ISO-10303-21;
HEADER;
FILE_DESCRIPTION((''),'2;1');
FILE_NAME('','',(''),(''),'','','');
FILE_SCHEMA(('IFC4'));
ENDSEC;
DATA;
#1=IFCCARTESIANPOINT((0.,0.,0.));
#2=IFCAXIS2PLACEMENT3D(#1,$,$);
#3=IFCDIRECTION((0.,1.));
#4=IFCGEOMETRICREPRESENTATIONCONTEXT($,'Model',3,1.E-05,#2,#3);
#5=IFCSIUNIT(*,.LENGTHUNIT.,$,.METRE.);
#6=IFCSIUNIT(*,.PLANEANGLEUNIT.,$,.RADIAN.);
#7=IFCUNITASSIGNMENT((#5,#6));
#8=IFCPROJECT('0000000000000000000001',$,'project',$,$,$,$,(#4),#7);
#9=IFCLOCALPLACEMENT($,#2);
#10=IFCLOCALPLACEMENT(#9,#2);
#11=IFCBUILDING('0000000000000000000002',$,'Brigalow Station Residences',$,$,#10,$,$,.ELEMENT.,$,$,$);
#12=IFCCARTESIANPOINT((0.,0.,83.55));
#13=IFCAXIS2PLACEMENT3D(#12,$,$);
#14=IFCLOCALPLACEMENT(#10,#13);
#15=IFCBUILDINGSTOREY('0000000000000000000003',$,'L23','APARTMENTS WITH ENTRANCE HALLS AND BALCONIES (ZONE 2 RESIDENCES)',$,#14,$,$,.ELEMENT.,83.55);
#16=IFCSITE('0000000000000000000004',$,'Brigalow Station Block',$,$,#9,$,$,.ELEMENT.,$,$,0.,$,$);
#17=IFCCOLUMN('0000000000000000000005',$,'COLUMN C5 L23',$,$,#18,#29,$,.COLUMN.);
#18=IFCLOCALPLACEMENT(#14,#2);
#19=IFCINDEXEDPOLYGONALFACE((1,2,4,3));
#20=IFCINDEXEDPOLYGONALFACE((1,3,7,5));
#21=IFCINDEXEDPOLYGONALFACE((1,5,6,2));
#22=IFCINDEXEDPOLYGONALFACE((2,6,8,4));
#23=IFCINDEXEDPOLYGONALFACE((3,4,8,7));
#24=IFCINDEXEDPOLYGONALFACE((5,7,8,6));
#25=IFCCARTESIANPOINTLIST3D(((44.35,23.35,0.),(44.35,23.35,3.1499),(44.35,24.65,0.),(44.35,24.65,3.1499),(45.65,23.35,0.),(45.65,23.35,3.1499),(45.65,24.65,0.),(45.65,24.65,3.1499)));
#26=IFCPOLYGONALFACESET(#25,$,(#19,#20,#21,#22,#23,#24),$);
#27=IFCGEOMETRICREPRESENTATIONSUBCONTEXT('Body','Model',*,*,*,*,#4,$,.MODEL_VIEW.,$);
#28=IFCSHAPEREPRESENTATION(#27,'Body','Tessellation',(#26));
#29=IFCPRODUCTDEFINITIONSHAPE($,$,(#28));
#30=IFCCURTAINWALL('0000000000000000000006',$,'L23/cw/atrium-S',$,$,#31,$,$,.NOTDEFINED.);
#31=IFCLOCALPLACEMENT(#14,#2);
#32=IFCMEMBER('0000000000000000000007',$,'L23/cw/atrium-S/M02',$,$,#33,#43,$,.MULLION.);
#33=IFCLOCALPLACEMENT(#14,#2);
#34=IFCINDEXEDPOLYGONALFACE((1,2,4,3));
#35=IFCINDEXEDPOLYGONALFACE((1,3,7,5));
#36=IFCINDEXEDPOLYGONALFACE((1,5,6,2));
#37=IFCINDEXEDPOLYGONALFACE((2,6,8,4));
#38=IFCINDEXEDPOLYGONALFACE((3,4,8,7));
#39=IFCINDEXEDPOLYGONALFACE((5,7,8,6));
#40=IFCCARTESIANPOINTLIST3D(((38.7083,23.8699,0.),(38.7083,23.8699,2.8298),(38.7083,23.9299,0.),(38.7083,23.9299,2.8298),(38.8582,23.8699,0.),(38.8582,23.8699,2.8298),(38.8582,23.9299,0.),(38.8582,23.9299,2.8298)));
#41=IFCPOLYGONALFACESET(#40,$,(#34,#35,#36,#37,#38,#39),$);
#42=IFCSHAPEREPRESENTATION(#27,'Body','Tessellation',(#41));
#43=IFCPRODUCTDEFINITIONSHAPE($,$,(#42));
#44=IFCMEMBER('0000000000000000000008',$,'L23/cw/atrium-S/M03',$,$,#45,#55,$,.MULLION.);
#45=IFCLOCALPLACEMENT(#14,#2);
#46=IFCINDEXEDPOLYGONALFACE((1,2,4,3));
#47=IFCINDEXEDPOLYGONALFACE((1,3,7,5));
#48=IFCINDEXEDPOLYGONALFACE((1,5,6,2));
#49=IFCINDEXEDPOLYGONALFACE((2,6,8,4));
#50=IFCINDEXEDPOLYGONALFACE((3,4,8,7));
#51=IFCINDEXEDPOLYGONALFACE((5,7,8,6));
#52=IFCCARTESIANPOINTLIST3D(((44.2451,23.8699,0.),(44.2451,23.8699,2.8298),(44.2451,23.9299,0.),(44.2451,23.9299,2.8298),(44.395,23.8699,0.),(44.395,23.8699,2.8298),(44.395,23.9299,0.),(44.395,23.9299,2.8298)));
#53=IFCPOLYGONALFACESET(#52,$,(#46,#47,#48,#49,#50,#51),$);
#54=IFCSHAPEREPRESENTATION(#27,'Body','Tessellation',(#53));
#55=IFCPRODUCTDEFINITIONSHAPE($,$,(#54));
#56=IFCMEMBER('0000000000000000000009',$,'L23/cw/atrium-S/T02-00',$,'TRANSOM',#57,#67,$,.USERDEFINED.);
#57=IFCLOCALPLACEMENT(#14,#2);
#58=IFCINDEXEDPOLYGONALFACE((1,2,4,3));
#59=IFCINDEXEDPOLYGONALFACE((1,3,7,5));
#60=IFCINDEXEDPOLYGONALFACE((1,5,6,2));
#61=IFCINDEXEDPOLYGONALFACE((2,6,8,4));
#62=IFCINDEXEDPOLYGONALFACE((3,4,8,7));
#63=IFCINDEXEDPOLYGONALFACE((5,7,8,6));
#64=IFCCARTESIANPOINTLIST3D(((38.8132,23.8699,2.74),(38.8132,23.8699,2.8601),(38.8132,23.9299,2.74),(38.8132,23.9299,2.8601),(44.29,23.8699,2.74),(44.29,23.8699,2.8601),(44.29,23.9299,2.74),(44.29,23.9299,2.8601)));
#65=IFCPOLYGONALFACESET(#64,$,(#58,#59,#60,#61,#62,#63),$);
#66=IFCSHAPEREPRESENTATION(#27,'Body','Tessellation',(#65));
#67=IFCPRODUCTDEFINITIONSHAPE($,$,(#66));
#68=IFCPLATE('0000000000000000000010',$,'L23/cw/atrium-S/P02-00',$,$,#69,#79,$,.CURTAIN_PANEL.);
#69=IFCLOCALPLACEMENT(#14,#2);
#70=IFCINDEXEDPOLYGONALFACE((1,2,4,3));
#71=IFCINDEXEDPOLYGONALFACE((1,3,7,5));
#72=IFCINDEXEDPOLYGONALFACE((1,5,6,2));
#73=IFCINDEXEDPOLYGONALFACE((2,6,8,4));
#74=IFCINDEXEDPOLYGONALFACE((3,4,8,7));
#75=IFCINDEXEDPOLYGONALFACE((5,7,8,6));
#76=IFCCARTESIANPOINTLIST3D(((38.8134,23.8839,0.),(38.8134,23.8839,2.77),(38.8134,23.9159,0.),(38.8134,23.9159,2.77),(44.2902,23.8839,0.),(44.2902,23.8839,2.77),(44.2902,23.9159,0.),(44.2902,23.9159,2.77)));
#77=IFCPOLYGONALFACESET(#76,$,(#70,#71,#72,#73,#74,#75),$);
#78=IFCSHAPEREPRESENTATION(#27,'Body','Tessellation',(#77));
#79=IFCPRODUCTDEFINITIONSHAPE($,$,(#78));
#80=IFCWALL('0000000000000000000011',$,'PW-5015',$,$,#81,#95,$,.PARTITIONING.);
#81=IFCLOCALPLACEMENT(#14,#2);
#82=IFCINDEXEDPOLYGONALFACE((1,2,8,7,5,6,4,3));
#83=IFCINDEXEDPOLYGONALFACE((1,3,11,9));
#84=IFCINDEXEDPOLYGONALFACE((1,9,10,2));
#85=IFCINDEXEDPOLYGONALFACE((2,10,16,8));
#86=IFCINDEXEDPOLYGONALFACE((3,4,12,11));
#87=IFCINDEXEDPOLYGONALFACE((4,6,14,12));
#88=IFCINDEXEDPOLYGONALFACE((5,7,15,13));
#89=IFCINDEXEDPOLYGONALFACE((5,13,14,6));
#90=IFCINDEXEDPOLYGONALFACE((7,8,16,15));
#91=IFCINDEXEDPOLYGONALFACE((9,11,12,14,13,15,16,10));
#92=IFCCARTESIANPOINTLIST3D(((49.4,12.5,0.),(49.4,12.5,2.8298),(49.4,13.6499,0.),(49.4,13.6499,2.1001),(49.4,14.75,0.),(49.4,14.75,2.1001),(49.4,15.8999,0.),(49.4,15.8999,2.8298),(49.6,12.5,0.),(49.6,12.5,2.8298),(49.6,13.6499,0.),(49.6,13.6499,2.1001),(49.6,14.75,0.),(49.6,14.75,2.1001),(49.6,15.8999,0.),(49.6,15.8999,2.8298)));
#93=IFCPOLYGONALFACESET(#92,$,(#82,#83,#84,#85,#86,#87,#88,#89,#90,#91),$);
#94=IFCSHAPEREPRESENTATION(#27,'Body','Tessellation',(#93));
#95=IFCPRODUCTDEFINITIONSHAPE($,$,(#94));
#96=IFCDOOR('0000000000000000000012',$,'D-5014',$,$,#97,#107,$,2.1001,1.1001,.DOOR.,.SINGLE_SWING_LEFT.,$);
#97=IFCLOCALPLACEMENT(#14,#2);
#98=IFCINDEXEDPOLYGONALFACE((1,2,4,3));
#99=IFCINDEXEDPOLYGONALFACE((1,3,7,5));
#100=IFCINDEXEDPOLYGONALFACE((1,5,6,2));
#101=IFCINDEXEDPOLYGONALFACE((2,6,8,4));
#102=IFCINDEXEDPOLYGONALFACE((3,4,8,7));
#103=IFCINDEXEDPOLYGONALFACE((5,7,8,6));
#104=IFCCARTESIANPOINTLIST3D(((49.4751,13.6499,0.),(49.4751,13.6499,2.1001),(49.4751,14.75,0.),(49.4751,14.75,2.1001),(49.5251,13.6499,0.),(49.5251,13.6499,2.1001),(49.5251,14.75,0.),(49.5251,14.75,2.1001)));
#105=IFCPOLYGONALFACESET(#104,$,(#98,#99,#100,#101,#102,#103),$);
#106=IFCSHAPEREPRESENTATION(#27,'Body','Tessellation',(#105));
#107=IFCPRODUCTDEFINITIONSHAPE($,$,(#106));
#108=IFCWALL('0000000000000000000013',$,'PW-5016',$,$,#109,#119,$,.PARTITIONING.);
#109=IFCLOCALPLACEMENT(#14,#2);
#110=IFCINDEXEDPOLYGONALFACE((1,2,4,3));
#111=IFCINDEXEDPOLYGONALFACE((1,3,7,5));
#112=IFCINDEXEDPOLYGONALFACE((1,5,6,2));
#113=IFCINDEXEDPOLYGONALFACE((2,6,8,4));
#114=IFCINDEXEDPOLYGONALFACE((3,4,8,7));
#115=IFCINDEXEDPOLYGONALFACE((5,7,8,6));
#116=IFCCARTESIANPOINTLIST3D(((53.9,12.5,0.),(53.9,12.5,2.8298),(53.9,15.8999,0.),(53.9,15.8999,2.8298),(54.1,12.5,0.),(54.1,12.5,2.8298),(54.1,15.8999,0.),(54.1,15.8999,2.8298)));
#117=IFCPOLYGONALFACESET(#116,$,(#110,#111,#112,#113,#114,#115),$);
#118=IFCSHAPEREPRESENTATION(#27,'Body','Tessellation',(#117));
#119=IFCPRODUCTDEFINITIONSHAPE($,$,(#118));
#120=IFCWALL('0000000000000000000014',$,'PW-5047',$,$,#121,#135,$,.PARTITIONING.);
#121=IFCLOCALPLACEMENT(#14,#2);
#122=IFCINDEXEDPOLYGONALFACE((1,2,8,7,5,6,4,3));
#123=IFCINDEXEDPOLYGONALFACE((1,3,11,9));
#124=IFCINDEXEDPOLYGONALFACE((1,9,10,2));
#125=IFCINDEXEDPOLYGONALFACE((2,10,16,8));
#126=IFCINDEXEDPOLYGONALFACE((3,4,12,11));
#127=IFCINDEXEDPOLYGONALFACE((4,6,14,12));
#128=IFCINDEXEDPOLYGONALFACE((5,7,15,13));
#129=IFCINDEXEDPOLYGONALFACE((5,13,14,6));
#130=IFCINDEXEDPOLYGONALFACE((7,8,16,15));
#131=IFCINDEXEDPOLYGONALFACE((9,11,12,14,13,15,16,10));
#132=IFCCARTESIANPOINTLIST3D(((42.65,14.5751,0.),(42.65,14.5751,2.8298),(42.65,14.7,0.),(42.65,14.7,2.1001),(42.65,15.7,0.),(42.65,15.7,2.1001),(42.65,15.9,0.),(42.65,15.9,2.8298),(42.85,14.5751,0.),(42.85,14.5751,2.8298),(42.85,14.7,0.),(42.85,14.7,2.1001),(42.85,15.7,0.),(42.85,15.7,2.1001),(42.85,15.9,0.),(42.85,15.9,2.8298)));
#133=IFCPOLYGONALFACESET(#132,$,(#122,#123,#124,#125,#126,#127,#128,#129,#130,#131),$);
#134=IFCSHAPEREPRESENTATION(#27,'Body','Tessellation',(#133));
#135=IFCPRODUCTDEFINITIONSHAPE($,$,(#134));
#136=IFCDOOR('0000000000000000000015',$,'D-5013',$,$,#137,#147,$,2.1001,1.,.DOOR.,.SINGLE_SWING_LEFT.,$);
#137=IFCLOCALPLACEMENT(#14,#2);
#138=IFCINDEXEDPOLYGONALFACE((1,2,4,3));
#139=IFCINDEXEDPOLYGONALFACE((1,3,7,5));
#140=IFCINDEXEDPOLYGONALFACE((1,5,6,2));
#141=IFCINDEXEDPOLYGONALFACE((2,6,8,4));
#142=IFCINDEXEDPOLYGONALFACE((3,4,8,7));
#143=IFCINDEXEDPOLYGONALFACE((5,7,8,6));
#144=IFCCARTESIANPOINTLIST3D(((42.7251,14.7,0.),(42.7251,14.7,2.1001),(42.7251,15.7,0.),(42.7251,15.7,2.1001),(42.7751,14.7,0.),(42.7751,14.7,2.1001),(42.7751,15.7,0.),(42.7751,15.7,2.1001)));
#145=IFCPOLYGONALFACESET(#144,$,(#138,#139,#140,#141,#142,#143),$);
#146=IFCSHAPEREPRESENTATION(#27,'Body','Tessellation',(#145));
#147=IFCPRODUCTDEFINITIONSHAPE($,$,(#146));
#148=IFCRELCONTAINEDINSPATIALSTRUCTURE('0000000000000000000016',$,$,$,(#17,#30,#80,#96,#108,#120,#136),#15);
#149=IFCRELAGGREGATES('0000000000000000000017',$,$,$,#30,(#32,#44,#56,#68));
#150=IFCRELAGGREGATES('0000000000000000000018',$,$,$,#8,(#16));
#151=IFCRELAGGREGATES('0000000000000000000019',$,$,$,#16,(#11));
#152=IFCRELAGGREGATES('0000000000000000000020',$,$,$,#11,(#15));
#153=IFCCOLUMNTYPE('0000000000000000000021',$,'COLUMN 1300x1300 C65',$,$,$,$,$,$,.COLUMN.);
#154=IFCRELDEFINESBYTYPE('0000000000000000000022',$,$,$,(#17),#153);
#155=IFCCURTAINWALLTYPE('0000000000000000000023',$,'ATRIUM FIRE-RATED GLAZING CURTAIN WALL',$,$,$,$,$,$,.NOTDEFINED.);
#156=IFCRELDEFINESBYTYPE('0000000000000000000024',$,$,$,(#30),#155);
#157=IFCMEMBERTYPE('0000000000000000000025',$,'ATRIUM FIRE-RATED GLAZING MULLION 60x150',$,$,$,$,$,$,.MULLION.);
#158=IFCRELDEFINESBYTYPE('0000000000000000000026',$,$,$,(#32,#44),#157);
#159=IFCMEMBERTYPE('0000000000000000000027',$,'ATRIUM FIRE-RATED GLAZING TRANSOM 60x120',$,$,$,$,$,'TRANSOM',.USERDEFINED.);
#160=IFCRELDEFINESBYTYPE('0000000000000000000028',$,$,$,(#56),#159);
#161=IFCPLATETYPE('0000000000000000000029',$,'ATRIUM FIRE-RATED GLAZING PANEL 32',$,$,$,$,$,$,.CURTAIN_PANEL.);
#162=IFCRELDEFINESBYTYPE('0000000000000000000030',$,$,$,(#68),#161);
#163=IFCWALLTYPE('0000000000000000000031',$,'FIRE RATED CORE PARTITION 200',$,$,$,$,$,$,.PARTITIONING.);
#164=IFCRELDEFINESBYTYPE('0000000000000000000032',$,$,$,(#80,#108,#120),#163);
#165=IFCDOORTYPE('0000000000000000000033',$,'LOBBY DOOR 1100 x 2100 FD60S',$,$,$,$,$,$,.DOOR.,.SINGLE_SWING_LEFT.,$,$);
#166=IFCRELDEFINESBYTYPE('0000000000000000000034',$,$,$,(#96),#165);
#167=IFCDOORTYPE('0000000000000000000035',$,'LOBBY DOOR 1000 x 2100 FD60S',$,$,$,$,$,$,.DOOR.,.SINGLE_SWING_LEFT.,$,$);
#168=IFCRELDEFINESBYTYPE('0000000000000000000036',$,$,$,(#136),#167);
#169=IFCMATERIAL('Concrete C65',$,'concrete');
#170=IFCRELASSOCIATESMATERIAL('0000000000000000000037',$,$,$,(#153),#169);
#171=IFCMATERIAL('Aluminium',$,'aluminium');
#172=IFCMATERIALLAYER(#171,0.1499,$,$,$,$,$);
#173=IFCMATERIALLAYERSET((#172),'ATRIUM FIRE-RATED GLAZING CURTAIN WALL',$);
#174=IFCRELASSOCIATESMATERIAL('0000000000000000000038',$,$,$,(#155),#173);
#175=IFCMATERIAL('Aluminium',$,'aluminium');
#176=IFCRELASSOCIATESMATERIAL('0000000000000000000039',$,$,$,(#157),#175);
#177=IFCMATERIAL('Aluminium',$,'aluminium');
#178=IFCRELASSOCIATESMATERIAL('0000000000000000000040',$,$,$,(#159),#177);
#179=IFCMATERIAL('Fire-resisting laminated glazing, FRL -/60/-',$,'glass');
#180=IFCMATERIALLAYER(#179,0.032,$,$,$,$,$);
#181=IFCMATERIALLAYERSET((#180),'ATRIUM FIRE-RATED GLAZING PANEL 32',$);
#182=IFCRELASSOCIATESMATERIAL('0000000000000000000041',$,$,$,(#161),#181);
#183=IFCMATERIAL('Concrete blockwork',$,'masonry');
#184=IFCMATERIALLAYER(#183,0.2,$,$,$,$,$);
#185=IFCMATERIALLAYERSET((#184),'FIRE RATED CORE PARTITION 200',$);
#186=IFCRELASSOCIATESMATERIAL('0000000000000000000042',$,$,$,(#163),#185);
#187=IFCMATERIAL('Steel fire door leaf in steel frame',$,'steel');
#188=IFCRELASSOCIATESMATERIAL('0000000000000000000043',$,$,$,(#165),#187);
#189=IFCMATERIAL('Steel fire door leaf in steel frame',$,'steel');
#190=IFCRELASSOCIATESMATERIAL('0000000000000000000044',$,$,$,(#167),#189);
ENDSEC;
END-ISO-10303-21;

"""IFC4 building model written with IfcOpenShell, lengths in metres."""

from ifc_helpers import new_model, si_unit, direction, frame, frame_2d, origin, origin_2d, place, context, subcontext, project, spatial, rectangle, extrude, material, layer, layer_set, material_profile, profile_set, type_object, element, fill, aggregate, save


model = new_model("IFC4")

# Units and contexts
model_context = context("Model", 3, precision=1e-05, world=origin(), true_north=direction((0.0, 1.0)))
body_context = subcontext(model_context, "Body", "Model", "MODEL_VIEW")
ifc_project = project(units=[si_unit("LENGTHUNIT", "METRE"), si_unit("PLANEANGLEUNIT", "RADIAN")], contexts=[model_context])

# Site, building, storey
site_placement = place(None, origin())
site = spatial("IfcSite", under=ifc_project, at=site_placement, Name="Brigalow Station Block", CompositionType="ELEMENT", RefElevation=0.0)
building_placement = place(site_placement, origin())
building = spatial("IfcBuilding", under=site, at=building_placement, Name="Brigalow Station Residences", CompositionType="ELEMENT")
storey_placement = place(building_placement, frame((0.0, 0.0, 83.55)))
storey = spatial("IfcBuildingStorey", under=building, at=storey_placement, Name="L23", Description="APARTMENTS WITH ENTRANCE HALLS AND BALCONIES (ZONE 2 RESIDENCES)", CompositionType="ELEMENT", Elevation=83.55)

# Column
ifc_material_1 = material(Name="Concrete C65", Category="concrete")
ifc_material_profile_1 = material_profile(ifc_material_1, rectangle(XDim=1.3, YDim=1.3, at=origin_2d()), Name="RC1300x1300")
ifc_profile_set_1 = profile_set([ifc_material_profile_1], Name="Concrete C65")
column_type = type_object("IfcColumnType", Name="COLUMN 1300x1300 C65", PredefinedType="COLUMN", material=ifc_profile_set_1)
column_placement = place(storey_placement, frame((45.0, 24.0, 0.0), z_axis=(0.0, 0.0, 1.0), x_axis=(1.0, 0.0, 0.0)))
element("IfcColumn", 1, at=column_placement, inside=storey, type_object=column_type, Name="COLUMN C5 L23", PredefinedType="COLUMN", context=body_context, shape_type="SweptSolid", body=[
    extrude(rectangle(XDim=1.3, YDim=1.3, at=origin_2d()), origin(), (0.0, 0.0, 1.0), 3.1499),
])

# Curtain wall, members, plate
ifc_material_2 = material(Name="Aluminium", Category="aluminium")
ifc_layer_1 = layer(ifc_material_2, 0.1499)
ifc_layer_set_1 = layer_set([ifc_layer_1], Name="ATRIUM FIRE-RATED GLAZING CURTAIN WALL")
curtain_wall_type = type_object("IfcCurtainWallType", Name="ATRIUM FIRE-RATED GLAZING CURTAIN WALL", PredefinedType="NOTDEFINED", material=ifc_layer_set_1)
curtain_wall_placement = place(storey_placement, origin())
curtain_wall = element("IfcCurtainWall", 2, at=curtain_wall_placement, inside=storey, type_object=curtain_wall_type, Name="L23/cw/atrium-S", PredefinedType="NOTDEFINED")
ifc_material_3 = material(Name="Aluminium", Category="aluminium")
ifc_material_profile_2 = material_profile(ifc_material_3, rectangle(XDim=0.0601, YDim=0.1499, at=origin_2d()), Name="ATRIUM FIRE-RATED GLAZING MULLION 60x150")
ifc_profile_set_2 = profile_set([ifc_material_profile_2], Name="Aluminium")
member_type_1 = type_object("IfcMemberType", Name="ATRIUM FIRE-RATED GLAZING MULLION 60x150", PredefinedType="MULLION", material=ifc_profile_set_2)
member_1_placement = place(storey_placement, frame((38.7832, 23.8999, 0.0), z_axis=(0.0, 0.0, 1.0), x_axis=(0.0, 1.0, 0.0)))
member_1 = element("IfcMember", 3, at=member_1_placement, type_object=member_type_1, Name="L23/cw/atrium-S/M02", PredefinedType="MULLION", context=body_context, shape_type="SweptSolid", body=[
    extrude(rectangle(XDim=0.0601, YDim=0.1499, at=origin_2d()), origin(), (0.0, 0.0, 1.0), 2.8298),
])
member_2_placement = place(storey_placement, frame((44.3201, 23.8999, 0.0), z_axis=(0.0, 0.0, 1.0), x_axis=(0.0, 1.0, 0.0)))
member_2 = element("IfcMember", 4, at=member_2_placement, type_object=member_type_1, Name="L23/cw/atrium-S/M03", PredefinedType="MULLION", context=body_context, shape_type="SweptSolid", body=[
    extrude(rectangle(XDim=0.0601, YDim=0.1499, at=origin_2d()), origin(), (0.0, 0.0, 1.0), 2.8298),
])
ifc_material_4 = material(Name="Aluminium", Category="aluminium")
ifc_material_profile_3 = material_profile(ifc_material_4, rectangle(XDim=0.0601, YDim=0.1201, at=origin_2d()), Name="ATRIUM FIRE-RATED GLAZING TRANSOM 60x120")
ifc_profile_set_3 = profile_set([ifc_material_profile_3], Name="Aluminium")
member_type_2 = type_object("IfcMemberType", Name="ATRIUM FIRE-RATED GLAZING TRANSOM 60x120", ElementType="TRANSOM", PredefinedType="USERDEFINED", material=ifc_profile_set_3)
member_3_placement = place(storey_placement, frame((38.8132, 23.8999, 2.8), z_axis=(1.0, 0.0, 0.0), x_axis=(0.0, 1.0, 0.0)))
member_3 = element("IfcMember", 5, at=member_3_placement, type_object=member_type_2, Name="L23/cw/atrium-S/T02-00", ObjectType="TRANSOM", PredefinedType="USERDEFINED", context=body_context, shape_type="SweptSolid", body=[
    extrude(rectangle(XDim=0.0601, YDim=0.1201, at=origin_2d()), origin(), (0.0, 0.0, 1.0), 5.4768),
])
ifc_material_5 = material(Name="Fire-resisting laminated glazing, FRL -/60/-", Category="glass")
ifc_layer_2 = layer(ifc_material_5, 0.032)
ifc_layer_set_2 = layer_set([ifc_layer_2], Name="ATRIUM FIRE-RATED GLAZING PANEL 32")
plate_type = type_object("IfcPlateType", Name="ATRIUM FIRE-RATED GLAZING PANEL 32", PredefinedType="CURTAIN_PANEL", material=ifc_layer_set_2)
plate_placement = place(storey_placement, frame((41.5518, 23.8999, 0.0), z_axis=(0.0, 0.0, 1.0), x_axis=(1.0, 0.0, 0.0)))
plate = element("IfcPlate", 6, at=plate_placement, type_object=plate_type, Name="L23/cw/atrium-S/P02-00", PredefinedType="CURTAIN_PANEL", context=body_context, shape_type="SweptSolid", body=[
    extrude(rectangle(XDim=5.4768, YDim=0.032, at=origin_2d()), origin(), (0.0, 0.0, 1.0), 2.77),
])
aggregate(curtain_wall, [member_1, member_2, member_3, plate])

# Wall, opening, door
ifc_material_6 = material(Name="Concrete blockwork", Category="masonry")
ifc_layer_3 = layer(ifc_material_6, 0.2)
ifc_layer_set_3 = layer_set([ifc_layer_3], Name="FIRE RATED CORE PARTITION 200")
wall_type_1 = type_object("IfcWallType", Name="FIRE RATED CORE PARTITION 200", PredefinedType="PARTITIONING", material=ifc_layer_set_3)
wall_1_placement = place(storey_placement, frame((49.5, 12.5, 0.0), z_axis=(0.0, 0.0, 1.0), x_axis=(0.0, 1.0, 0.0)))
wall_1 = element("IfcWall", 7, at=wall_1_placement, inside=storey, type_object=wall_type_1, Name="PW-5015", PredefinedType="PARTITIONING", context=body_context, shape_type="SweptSolid", body=[
    extrude(rectangle(XDim=3.3999, YDim=0.2, at=frame_2d((1.7, 0.0))), origin(), (0.0, 0.0, 1.0), 2.8298),
])
opening_1_placement = place(wall_1_placement, frame((1.1499, 0.0, 0.0)))
opening_1 = element("IfcOpeningElement", 8, at=opening_1_placement, cuts=wall_1, PredefinedType="OPENING", context=body_context, shape_type="SweptSolid", body=[
    extrude(rectangle(XDim=1.1001, YDim=2.1001, at=frame_2d((0.55, 1.05))), frame((0.0, 0.1099, 0.0), z_axis=(0.0, -1.0, 0.0), x_axis=(1.0, 0.0, 0.0)), (0.0, 0.0, 1.0), 0.22),
])
ifc_material_7 = material(Name="Steel fire door leaf in steel frame", Category="steel")
door_type_1 = type_object("IfcDoorType", Name="LOBBY DOOR 1100 x 2100 FD60S", OperationType="SINGLE_SWING_LEFT", PredefinedType="DOOR", material=ifc_material_7)
door_1_placement = place(opening_1_placement, origin())
door_1 = element("IfcDoor", 9, at=door_1_placement, inside=storey, type_object=door_type_1, Name="D-5014", OperationType="SINGLE_SWING_LEFT", OverallHeight=2.1001, OverallWidth=1.1001, PredefinedType="DOOR", context=body_context, shape_type="SweptSolid", body=[
    extrude(rectangle(XDim=1.1001, YDim=2.1001, at=frame_2d((0.55, 1.05))), frame((0.0, 0.0249, 0.0), z_axis=(0.0, -1.0, 0.0), x_axis=(1.0, 0.0, 0.0)), (0.0, 0.0, 1.0), 0.05),
])
fill(opening_1, door_1)

# Wall
wall_2_placement = place(storey_placement, frame((54.0, 12.5, 0.0), z_axis=(0.0, 0.0, 1.0), x_axis=(0.0, 1.0, 0.0)))
element("IfcWall", 10, at=wall_2_placement, inside=storey, type_object=wall_type_1, Name="PW-5016", PredefinedType="PARTITIONING", context=body_context, shape_type="SweptSolid", body=[
    extrude(rectangle(XDim=3.3999, YDim=0.2, at=frame_2d((1.7, 0.0))), origin(), (0.0, 0.0, 1.0), 2.8298),
])

# Wall, opening, door
wall_3_placement = place(storey_placement, frame((42.75, 14.575, 0.0), z_axis=(0.0, 0.0, 1.0), x_axis=(0.0, 1.0, 0.0)))
wall_3 = element("IfcWall", 11, at=wall_3_placement, inside=storey, type_object=wall_type_1, Name="PW-5047", PredefinedType="PARTITIONING", context=body_context, shape_type="SweptSolid", body=[
    extrude(rectangle(XDim=1.325, YDim=0.2, at=frame_2d((0.6626, 0.0))), origin(), (0.0, 0.0, 1.0), 2.8298),
])
opening_2_placement = place(wall_3_placement, frame((0.125, 0.0, 0.0)))
opening_2 = element("IfcOpeningElement", 12, at=opening_2_placement, cuts=wall_3, PredefinedType="OPENING", context=body_context, shape_type="SweptSolid", body=[
    extrude(rectangle(XDim=1.0, YDim=2.1001, at=frame_2d((0.5, 1.05))), frame((0.0, 0.1099, 0.0), z_axis=(0.0, -1.0, 0.0), x_axis=(1.0, 0.0, 0.0)), (0.0, 0.0, 1.0), 0.22),
])
ifc_material_8 = material(Name="Steel fire door leaf in steel frame", Category="steel")
door_type_2 = type_object("IfcDoorType", Name="LOBBY DOOR 1000 x 2100 FD60S", OperationType="SINGLE_SWING_LEFT", PredefinedType="DOOR", material=ifc_material_8)
door_2_placement = place(opening_2_placement, origin())
door_2 = element("IfcDoor", 13, at=door_2_placement, inside=storey, type_object=door_type_2, Name="D-5013", OperationType="SINGLE_SWING_LEFT", OverallHeight=2.1001, OverallWidth=1.0, PredefinedType="DOOR", context=body_context, shape_type="SweptSolid", body=[
    extrude(rectangle(XDim=1.0, YDim=2.1001, at=frame_2d((0.5, 1.05))), frame((0.0, 0.0249, 0.0), z_axis=(0.0, -1.0, 0.0), x_axis=(1.0, 0.0, 0.0)), (0.0, 0.0, 1.0), 0.05),
])
fill(opening_2, door_2)

save(model, "model.ifc")
